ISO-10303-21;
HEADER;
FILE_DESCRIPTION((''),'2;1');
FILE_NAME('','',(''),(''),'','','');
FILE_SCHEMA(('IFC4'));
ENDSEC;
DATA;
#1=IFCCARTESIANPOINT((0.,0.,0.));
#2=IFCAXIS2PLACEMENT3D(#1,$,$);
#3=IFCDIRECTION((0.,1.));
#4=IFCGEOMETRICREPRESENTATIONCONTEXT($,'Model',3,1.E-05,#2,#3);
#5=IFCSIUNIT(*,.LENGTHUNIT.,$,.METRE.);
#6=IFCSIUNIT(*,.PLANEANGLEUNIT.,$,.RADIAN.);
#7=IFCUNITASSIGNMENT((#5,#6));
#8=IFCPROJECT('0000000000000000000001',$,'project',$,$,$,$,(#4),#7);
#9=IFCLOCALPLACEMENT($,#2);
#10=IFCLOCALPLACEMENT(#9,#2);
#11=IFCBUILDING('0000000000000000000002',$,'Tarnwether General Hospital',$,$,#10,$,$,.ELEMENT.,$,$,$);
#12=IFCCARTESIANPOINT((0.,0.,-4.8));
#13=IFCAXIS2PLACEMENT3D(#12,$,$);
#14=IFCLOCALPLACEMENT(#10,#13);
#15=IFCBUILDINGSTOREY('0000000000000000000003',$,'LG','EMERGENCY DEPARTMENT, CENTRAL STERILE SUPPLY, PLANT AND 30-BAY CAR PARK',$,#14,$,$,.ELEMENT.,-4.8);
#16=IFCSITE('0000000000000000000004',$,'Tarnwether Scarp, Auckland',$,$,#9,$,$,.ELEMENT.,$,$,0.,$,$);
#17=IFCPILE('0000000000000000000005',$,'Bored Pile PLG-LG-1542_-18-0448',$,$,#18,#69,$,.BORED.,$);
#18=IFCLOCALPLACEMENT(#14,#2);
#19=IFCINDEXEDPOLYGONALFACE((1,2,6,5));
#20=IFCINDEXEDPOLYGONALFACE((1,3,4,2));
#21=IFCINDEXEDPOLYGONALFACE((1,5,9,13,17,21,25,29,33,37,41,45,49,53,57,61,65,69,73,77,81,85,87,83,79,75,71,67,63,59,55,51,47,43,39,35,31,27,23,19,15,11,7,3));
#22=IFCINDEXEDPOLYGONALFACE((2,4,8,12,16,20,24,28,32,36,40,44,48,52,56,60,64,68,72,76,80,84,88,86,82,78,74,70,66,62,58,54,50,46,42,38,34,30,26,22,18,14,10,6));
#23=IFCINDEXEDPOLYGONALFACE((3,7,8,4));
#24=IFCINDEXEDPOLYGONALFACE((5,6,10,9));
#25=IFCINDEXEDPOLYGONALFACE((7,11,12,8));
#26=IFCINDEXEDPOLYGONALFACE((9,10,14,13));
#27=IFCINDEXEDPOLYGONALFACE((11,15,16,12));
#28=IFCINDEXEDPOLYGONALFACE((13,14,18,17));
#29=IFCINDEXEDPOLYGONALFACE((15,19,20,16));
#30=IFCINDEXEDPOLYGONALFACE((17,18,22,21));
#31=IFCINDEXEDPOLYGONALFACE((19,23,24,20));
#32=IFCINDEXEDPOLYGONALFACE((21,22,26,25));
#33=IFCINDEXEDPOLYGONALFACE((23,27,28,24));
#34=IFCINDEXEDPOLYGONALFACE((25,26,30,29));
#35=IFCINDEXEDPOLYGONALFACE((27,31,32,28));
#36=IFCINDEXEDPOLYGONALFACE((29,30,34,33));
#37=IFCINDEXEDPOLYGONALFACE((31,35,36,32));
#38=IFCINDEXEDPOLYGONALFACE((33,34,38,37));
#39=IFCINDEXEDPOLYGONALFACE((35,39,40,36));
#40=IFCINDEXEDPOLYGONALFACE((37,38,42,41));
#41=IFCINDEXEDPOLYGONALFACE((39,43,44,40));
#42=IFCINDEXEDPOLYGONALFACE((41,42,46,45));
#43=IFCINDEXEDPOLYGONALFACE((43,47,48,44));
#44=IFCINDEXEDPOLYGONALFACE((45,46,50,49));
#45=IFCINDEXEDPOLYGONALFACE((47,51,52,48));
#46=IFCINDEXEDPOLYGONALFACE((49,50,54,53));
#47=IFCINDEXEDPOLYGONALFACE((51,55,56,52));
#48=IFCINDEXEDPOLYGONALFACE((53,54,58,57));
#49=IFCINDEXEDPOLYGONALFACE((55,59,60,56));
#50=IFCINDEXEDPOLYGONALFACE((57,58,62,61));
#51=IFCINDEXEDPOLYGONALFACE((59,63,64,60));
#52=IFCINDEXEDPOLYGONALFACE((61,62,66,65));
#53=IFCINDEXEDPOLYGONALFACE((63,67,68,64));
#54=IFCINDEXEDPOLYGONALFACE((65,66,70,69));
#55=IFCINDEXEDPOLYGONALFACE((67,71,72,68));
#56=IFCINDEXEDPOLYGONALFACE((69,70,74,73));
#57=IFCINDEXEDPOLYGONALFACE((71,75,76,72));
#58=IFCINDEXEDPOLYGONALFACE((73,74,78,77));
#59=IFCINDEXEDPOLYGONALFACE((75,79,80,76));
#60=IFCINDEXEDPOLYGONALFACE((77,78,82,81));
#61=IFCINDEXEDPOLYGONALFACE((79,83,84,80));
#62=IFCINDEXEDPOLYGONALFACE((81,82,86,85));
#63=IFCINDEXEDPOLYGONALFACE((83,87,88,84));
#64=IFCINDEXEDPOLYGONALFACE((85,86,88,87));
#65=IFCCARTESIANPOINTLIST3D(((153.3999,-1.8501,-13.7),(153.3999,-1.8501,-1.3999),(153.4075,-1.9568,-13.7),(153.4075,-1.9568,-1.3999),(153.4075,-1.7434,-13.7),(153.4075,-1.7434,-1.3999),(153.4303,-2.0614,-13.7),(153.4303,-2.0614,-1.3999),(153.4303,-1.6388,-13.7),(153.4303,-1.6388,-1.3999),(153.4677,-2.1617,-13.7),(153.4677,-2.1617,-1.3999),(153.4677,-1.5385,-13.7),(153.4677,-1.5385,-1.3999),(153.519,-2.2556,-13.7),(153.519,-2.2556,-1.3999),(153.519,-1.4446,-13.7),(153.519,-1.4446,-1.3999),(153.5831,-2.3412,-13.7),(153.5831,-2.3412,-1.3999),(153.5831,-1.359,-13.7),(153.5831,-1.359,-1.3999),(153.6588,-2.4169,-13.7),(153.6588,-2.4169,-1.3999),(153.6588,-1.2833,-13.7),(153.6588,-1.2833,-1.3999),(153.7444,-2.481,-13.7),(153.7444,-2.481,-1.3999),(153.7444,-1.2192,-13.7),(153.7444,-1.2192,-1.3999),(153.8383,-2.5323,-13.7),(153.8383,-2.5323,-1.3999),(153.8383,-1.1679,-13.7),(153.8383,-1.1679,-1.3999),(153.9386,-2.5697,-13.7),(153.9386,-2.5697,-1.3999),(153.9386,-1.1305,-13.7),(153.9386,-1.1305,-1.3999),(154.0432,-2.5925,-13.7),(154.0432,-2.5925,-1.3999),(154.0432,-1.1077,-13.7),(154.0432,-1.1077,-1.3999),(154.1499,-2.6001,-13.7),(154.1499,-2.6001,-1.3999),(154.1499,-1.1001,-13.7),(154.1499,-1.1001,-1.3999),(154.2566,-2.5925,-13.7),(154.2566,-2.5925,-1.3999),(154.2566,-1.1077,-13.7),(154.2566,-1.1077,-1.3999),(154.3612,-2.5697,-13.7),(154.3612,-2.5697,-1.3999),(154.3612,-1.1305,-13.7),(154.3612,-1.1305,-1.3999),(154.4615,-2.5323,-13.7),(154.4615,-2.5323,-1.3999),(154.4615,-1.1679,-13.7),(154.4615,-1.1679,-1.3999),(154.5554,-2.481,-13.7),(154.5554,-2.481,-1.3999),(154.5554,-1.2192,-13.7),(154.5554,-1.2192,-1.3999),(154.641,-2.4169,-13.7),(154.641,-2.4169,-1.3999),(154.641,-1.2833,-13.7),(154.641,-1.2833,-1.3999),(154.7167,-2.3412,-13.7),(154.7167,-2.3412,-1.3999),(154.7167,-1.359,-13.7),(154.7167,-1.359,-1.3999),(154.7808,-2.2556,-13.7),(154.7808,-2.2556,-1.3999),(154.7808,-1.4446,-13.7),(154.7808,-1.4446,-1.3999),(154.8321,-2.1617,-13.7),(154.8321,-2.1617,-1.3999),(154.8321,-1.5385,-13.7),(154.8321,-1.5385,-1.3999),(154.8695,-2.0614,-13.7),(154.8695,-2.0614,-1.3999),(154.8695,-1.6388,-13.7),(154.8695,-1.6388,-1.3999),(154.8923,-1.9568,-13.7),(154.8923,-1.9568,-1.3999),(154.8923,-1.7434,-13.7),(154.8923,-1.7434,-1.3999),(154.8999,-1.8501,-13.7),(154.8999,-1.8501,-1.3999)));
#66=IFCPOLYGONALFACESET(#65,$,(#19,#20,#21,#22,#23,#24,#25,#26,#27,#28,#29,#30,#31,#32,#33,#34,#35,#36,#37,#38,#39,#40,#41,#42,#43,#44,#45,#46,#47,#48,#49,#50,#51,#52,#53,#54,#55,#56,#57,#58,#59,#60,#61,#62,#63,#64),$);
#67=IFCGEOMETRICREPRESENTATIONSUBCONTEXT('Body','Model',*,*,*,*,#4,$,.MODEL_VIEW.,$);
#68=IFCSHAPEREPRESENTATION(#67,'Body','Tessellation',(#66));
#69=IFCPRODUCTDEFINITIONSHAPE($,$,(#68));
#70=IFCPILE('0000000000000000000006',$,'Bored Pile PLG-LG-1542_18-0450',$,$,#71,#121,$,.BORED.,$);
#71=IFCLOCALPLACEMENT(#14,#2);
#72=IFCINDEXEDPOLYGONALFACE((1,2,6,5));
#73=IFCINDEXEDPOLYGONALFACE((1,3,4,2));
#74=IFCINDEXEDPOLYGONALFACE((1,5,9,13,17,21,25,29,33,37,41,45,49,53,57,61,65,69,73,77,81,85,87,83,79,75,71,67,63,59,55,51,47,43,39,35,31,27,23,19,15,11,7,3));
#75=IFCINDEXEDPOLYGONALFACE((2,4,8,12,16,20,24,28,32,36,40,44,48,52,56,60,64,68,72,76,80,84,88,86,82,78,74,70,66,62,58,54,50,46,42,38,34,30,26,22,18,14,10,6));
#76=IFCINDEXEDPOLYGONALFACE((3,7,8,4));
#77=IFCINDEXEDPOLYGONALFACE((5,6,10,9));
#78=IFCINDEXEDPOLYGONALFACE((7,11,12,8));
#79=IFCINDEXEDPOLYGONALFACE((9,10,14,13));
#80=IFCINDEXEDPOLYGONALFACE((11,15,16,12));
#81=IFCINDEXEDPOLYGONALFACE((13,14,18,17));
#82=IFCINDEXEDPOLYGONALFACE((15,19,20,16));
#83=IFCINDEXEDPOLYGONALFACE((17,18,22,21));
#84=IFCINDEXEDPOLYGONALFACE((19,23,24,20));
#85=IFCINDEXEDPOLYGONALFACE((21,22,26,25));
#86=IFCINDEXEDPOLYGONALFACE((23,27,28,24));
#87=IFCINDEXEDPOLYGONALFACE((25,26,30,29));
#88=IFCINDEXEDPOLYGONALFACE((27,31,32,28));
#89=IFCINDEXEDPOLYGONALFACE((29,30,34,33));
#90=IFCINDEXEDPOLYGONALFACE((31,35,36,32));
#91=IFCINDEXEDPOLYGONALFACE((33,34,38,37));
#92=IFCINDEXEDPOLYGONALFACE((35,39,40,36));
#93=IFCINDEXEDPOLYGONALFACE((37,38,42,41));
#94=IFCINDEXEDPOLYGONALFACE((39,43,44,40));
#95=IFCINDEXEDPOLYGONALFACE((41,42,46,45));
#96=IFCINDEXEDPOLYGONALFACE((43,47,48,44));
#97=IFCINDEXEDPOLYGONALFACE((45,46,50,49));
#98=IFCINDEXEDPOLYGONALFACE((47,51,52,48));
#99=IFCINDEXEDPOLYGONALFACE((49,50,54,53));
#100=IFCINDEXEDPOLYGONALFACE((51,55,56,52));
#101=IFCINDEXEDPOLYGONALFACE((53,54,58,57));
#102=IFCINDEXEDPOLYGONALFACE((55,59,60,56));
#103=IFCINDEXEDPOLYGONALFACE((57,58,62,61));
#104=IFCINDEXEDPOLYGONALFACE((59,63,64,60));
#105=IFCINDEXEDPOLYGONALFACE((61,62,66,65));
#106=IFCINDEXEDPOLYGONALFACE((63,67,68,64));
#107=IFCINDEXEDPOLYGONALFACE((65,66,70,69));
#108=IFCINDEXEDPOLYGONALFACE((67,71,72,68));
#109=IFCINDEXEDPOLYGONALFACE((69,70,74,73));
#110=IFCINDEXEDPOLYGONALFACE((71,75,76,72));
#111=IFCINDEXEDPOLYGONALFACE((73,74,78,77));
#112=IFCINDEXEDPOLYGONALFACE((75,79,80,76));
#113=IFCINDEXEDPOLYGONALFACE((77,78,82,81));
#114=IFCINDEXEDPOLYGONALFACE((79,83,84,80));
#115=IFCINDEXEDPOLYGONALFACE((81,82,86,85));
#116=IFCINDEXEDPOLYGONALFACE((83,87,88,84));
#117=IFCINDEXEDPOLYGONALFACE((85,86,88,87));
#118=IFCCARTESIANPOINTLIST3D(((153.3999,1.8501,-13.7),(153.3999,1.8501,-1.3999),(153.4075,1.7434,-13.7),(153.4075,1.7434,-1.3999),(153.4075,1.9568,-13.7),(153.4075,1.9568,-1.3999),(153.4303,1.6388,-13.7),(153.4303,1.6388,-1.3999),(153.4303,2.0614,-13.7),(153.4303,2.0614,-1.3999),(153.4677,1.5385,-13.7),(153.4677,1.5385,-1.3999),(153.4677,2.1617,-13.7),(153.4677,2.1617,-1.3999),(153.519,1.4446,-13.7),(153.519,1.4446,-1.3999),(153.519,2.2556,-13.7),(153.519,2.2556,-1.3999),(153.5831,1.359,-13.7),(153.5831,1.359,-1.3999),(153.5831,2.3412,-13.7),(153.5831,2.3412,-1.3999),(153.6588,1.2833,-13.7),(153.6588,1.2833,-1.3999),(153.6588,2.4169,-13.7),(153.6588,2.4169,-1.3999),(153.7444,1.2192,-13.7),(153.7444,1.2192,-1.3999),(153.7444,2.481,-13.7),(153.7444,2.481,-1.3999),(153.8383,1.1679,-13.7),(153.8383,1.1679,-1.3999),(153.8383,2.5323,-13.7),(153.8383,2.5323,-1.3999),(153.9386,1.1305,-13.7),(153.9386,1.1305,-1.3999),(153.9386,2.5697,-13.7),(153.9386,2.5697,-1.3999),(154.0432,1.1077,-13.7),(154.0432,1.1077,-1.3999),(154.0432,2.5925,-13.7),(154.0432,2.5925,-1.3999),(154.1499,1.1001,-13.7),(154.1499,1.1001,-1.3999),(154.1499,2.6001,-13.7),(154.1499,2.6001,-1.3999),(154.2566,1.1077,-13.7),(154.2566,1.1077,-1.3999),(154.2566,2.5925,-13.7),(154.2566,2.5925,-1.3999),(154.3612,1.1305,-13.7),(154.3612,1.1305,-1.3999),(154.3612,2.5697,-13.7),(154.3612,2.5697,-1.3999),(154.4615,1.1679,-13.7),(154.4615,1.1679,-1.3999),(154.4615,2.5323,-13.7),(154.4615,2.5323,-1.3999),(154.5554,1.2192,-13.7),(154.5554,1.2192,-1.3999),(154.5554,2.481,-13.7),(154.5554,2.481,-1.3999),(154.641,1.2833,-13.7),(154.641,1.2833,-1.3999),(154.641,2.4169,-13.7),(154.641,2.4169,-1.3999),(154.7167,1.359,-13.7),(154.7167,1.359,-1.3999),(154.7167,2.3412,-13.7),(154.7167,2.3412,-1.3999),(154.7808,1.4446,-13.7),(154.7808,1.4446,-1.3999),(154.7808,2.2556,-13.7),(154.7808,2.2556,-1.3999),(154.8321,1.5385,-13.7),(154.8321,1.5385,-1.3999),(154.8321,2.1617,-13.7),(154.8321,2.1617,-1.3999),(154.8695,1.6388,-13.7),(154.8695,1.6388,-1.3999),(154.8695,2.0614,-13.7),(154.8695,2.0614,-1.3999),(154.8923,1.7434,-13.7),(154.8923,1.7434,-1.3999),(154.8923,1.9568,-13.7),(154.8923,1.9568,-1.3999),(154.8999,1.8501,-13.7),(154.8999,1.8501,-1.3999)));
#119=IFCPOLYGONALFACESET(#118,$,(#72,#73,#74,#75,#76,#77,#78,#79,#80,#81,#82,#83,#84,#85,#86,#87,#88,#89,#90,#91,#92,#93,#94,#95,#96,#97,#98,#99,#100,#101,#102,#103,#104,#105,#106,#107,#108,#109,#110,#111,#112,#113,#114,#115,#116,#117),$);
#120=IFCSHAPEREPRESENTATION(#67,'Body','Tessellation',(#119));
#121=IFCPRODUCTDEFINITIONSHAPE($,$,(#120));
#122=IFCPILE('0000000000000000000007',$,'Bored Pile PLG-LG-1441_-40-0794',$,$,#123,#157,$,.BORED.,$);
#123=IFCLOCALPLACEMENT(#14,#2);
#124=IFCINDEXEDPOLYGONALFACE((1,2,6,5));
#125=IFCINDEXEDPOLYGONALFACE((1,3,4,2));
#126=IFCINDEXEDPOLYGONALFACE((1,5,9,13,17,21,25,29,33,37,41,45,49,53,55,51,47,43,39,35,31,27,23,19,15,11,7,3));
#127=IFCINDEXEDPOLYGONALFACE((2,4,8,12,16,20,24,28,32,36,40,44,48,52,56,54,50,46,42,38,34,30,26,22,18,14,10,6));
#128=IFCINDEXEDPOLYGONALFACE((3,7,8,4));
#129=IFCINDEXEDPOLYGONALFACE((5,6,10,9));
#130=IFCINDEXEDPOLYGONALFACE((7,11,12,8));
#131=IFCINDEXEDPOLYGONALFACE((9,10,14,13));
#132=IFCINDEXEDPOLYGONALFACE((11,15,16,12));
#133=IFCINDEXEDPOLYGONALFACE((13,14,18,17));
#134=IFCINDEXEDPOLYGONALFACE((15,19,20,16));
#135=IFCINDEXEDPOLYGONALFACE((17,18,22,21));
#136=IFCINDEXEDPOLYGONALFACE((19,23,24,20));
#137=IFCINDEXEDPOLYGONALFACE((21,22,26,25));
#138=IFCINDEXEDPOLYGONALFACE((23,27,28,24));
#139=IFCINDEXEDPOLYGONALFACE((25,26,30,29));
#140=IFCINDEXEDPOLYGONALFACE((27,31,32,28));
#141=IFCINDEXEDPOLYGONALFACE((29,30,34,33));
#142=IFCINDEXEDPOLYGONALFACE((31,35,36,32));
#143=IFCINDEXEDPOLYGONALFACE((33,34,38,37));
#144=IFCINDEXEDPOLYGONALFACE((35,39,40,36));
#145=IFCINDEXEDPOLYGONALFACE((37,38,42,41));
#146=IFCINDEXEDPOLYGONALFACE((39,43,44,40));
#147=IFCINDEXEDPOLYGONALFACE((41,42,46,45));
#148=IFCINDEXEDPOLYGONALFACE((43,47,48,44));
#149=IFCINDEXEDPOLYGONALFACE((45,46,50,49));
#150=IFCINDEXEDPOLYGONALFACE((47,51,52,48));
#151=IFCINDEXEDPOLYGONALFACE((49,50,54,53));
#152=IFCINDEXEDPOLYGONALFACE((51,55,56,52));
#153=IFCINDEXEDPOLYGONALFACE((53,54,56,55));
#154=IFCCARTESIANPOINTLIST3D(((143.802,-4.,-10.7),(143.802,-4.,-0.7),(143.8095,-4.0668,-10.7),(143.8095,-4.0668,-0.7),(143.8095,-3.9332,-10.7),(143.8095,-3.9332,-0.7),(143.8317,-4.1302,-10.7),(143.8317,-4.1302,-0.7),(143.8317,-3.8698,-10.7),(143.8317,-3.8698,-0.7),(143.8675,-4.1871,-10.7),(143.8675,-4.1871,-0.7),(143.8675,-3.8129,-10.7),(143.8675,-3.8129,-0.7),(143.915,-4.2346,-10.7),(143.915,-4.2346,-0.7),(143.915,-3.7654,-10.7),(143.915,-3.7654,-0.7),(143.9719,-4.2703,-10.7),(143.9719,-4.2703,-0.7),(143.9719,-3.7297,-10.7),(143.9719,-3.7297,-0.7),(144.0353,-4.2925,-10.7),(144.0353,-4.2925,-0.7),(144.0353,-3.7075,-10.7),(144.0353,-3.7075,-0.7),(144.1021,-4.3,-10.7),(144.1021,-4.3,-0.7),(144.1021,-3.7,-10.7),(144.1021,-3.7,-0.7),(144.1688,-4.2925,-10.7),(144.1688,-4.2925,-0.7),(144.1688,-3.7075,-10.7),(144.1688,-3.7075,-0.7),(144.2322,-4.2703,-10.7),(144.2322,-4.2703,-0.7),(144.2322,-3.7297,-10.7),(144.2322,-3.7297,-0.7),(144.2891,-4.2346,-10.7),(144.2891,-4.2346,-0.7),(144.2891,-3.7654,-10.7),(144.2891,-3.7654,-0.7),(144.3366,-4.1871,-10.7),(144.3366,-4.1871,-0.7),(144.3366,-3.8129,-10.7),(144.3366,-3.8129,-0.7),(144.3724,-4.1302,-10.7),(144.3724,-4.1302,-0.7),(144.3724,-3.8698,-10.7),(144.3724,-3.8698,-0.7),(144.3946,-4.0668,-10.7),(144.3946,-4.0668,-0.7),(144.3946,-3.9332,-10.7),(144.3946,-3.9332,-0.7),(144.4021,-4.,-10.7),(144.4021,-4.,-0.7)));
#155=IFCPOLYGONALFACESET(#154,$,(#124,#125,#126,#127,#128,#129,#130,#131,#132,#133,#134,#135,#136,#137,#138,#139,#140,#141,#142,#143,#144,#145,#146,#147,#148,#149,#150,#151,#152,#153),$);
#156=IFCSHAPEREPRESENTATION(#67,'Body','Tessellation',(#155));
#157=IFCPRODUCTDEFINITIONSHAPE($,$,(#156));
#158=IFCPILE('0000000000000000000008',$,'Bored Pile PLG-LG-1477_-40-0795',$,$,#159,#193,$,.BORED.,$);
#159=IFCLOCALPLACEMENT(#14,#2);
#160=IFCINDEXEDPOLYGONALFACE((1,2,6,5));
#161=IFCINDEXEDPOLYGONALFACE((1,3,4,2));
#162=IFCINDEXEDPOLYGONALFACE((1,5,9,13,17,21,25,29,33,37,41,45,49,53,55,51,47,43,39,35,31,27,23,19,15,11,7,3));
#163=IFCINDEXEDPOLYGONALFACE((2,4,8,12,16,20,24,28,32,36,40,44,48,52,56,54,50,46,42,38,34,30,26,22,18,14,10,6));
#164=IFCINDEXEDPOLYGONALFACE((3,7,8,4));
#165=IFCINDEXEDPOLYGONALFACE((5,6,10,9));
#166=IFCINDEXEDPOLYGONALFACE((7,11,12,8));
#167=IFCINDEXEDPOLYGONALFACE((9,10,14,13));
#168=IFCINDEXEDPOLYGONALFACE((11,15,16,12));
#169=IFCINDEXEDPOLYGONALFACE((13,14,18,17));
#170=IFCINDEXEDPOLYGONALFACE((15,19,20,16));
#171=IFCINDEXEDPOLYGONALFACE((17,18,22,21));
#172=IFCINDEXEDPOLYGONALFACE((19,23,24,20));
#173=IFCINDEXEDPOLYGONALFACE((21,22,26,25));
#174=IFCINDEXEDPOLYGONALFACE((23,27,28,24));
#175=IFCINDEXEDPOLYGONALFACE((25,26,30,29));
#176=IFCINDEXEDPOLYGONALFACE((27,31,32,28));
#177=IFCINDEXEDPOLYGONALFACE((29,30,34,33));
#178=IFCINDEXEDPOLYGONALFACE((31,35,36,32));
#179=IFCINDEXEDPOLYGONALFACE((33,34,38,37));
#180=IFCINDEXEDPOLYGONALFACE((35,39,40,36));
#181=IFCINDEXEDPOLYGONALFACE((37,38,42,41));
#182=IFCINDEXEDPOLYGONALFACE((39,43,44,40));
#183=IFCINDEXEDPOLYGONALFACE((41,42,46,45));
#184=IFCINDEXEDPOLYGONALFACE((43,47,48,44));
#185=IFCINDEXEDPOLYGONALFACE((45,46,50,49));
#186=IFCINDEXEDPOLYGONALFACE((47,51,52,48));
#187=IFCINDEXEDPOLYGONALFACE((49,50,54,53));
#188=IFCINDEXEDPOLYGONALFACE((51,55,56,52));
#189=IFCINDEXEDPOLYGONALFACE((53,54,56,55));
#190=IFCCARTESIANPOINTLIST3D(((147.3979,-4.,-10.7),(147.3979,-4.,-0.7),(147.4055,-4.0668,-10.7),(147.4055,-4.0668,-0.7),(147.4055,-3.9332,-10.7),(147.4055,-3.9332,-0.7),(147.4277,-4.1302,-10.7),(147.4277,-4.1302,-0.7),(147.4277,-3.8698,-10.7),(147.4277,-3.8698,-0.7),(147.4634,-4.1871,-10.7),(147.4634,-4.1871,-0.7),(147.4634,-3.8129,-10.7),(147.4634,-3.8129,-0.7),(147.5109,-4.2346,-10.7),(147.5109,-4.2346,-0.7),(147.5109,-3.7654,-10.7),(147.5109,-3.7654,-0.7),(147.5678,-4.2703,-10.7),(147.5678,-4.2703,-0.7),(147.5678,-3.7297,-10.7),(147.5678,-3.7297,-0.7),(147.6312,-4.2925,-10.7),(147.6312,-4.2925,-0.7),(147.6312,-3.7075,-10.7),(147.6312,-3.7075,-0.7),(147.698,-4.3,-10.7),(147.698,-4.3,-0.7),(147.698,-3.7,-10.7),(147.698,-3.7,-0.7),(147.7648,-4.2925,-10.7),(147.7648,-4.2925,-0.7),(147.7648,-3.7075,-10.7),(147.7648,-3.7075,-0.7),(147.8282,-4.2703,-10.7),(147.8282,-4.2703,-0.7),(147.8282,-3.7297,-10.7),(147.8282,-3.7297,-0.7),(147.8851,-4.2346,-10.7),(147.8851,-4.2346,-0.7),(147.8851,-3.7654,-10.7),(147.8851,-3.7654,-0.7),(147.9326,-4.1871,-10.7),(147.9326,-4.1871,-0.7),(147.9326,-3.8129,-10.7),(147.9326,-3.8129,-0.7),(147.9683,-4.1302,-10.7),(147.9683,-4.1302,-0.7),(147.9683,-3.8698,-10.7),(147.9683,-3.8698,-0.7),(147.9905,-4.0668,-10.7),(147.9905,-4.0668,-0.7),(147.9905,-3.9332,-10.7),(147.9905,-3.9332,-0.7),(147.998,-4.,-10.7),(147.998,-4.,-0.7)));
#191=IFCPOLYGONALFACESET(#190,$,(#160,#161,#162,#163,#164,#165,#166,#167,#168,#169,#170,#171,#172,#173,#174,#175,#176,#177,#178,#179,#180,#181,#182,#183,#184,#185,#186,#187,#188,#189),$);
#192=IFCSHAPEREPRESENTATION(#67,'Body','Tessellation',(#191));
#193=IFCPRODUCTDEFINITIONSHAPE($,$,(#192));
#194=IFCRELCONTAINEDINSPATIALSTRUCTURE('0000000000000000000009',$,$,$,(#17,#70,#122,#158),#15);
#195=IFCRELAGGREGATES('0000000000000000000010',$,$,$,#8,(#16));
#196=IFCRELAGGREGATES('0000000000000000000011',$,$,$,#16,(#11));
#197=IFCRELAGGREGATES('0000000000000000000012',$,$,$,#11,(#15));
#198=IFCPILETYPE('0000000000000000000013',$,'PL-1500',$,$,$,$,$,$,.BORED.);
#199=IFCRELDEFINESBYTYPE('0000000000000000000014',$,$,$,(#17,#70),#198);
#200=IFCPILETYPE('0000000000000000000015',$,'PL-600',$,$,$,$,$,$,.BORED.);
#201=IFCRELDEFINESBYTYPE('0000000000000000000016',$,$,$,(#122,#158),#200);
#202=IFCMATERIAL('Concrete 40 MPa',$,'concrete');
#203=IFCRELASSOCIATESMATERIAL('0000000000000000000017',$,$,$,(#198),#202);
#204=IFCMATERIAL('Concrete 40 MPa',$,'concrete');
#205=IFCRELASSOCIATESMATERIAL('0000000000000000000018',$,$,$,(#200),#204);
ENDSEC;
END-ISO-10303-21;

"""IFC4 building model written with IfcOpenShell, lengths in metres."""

from ifc_helpers import new_model, si_unit, direction, frame, origin, origin_2d, place, context, subcontext, project, spatial, circle, extrude, material, material_profile, profile_set, type_object, element, save


model = new_model("IFC4")

# Units and contexts
model_context = context("Model", 3, precision=1e-05, world=origin(), true_north=direction((0.0, 1.0)))
body_context = subcontext(model_context, "Body", "Model", "MODEL_VIEW")
ifc_project = project(units=[si_unit("LENGTHUNIT", "METRE"), si_unit("PLANEANGLEUNIT", "RADIAN")], contexts=[model_context])

# Site, building, storey
site_placement = place(None, origin())
site = spatial("IfcSite", under=ifc_project, at=site_placement, Name="Tarnwether Scarp, Auckland", CompositionType="ELEMENT", RefElevation=0.0)
building_placement = place(site_placement, origin())
building = spatial("IfcBuilding", under=site, at=building_placement, Name="Tarnwether General Hospital", CompositionType="ELEMENT")
storey_placement = place(building_placement, frame((0.0, 0.0, -4.8)))
storey = spatial("IfcBuildingStorey", under=building, at=storey_placement, Name="LG", Description="EMERGENCY DEPARTMENT, CENTRAL STERILE SUPPLY, PLANT AND 30-BAY CAR PARK", CompositionType="ELEMENT", Elevation=-4.8)

# Piles
ifc_material_1 = material(Name="Concrete 40 MPa", Category="concrete")
ifc_material_profile_1 = material_profile(ifc_material_1, circle(Radius=0.75, at=origin_2d()), Name="PILE-D1500")
ifc_profile_set_1 = profile_set([ifc_material_profile_1], Name="Concrete 40 MPa")
pile_type_1 = type_object("IfcPileType", Name="PL-1500", PredefinedType="BORED", material=ifc_profile_set_1)
for number, where, z_axis, x_axis, name in (
    (1, (154.1499, -1.8501, -1.3999), (0.0, 0.0, -1.0), (1.0, 0.0, 0.0), "Bored Pile PLG-LG-1542_-18-0448"),
    (2, (154.1499, 1.8501, -1.3999), (0.0, 0.0, -1.0), (1.0, 0.0, 0.0), "Bored Pile PLG-LG-1542_18-0450"),
):
    element("IfcPile", number, at=place(storey_placement, frame(where, z_axis=z_axis, x_axis=x_axis)), inside=storey, type_object=pile_type_1, Name=name, PredefinedType="BORED", context=body_context, shape_type="SweptSolid", body=[
        extrude(circle(Radius=0.75, at=origin_2d()), origin(), (0.0, 0.0, 1.0), 12.3),
    ])
ifc_material_2 = material(Name="Concrete 40 MPa", Category="concrete")
ifc_material_profile_2 = material_profile(ifc_material_2, circle(Radius=0.3, at=origin_2d()), Name="PILE-D600")
ifc_profile_set_2 = profile_set([ifc_material_profile_2], Name="Concrete 40 MPa")
pile_type_2 = type_object("IfcPileType", Name="PL-600", PredefinedType="BORED", material=ifc_profile_set_2)
for number, where, z_axis, x_axis, name in (
    (3, (144.1021, -4.0, -0.7), (0.0, 0.0, -1.0), (1.0, 0.0, 0.0), "Bored Pile PLG-LG-1441_-40-0794"),
    (4, (147.698, -4.0, -0.7), (0.0, 0.0, -1.0), (1.0, 0.0, 0.0), "Bored Pile PLG-LG-1477_-40-0795"),
):
    element("IfcPile", number, at=place(storey_placement, frame(where, z_axis=z_axis, x_axis=x_axis)), inside=storey, type_object=pile_type_2, Name=name, PredefinedType="BORED", context=body_context, shape_type="SweptSolid", body=[
        extrude(circle(Radius=0.3, at=origin_2d()), origin(), (0.0, 0.0, 1.0), 10.0),
    ])

save(model, "model.ifc")
